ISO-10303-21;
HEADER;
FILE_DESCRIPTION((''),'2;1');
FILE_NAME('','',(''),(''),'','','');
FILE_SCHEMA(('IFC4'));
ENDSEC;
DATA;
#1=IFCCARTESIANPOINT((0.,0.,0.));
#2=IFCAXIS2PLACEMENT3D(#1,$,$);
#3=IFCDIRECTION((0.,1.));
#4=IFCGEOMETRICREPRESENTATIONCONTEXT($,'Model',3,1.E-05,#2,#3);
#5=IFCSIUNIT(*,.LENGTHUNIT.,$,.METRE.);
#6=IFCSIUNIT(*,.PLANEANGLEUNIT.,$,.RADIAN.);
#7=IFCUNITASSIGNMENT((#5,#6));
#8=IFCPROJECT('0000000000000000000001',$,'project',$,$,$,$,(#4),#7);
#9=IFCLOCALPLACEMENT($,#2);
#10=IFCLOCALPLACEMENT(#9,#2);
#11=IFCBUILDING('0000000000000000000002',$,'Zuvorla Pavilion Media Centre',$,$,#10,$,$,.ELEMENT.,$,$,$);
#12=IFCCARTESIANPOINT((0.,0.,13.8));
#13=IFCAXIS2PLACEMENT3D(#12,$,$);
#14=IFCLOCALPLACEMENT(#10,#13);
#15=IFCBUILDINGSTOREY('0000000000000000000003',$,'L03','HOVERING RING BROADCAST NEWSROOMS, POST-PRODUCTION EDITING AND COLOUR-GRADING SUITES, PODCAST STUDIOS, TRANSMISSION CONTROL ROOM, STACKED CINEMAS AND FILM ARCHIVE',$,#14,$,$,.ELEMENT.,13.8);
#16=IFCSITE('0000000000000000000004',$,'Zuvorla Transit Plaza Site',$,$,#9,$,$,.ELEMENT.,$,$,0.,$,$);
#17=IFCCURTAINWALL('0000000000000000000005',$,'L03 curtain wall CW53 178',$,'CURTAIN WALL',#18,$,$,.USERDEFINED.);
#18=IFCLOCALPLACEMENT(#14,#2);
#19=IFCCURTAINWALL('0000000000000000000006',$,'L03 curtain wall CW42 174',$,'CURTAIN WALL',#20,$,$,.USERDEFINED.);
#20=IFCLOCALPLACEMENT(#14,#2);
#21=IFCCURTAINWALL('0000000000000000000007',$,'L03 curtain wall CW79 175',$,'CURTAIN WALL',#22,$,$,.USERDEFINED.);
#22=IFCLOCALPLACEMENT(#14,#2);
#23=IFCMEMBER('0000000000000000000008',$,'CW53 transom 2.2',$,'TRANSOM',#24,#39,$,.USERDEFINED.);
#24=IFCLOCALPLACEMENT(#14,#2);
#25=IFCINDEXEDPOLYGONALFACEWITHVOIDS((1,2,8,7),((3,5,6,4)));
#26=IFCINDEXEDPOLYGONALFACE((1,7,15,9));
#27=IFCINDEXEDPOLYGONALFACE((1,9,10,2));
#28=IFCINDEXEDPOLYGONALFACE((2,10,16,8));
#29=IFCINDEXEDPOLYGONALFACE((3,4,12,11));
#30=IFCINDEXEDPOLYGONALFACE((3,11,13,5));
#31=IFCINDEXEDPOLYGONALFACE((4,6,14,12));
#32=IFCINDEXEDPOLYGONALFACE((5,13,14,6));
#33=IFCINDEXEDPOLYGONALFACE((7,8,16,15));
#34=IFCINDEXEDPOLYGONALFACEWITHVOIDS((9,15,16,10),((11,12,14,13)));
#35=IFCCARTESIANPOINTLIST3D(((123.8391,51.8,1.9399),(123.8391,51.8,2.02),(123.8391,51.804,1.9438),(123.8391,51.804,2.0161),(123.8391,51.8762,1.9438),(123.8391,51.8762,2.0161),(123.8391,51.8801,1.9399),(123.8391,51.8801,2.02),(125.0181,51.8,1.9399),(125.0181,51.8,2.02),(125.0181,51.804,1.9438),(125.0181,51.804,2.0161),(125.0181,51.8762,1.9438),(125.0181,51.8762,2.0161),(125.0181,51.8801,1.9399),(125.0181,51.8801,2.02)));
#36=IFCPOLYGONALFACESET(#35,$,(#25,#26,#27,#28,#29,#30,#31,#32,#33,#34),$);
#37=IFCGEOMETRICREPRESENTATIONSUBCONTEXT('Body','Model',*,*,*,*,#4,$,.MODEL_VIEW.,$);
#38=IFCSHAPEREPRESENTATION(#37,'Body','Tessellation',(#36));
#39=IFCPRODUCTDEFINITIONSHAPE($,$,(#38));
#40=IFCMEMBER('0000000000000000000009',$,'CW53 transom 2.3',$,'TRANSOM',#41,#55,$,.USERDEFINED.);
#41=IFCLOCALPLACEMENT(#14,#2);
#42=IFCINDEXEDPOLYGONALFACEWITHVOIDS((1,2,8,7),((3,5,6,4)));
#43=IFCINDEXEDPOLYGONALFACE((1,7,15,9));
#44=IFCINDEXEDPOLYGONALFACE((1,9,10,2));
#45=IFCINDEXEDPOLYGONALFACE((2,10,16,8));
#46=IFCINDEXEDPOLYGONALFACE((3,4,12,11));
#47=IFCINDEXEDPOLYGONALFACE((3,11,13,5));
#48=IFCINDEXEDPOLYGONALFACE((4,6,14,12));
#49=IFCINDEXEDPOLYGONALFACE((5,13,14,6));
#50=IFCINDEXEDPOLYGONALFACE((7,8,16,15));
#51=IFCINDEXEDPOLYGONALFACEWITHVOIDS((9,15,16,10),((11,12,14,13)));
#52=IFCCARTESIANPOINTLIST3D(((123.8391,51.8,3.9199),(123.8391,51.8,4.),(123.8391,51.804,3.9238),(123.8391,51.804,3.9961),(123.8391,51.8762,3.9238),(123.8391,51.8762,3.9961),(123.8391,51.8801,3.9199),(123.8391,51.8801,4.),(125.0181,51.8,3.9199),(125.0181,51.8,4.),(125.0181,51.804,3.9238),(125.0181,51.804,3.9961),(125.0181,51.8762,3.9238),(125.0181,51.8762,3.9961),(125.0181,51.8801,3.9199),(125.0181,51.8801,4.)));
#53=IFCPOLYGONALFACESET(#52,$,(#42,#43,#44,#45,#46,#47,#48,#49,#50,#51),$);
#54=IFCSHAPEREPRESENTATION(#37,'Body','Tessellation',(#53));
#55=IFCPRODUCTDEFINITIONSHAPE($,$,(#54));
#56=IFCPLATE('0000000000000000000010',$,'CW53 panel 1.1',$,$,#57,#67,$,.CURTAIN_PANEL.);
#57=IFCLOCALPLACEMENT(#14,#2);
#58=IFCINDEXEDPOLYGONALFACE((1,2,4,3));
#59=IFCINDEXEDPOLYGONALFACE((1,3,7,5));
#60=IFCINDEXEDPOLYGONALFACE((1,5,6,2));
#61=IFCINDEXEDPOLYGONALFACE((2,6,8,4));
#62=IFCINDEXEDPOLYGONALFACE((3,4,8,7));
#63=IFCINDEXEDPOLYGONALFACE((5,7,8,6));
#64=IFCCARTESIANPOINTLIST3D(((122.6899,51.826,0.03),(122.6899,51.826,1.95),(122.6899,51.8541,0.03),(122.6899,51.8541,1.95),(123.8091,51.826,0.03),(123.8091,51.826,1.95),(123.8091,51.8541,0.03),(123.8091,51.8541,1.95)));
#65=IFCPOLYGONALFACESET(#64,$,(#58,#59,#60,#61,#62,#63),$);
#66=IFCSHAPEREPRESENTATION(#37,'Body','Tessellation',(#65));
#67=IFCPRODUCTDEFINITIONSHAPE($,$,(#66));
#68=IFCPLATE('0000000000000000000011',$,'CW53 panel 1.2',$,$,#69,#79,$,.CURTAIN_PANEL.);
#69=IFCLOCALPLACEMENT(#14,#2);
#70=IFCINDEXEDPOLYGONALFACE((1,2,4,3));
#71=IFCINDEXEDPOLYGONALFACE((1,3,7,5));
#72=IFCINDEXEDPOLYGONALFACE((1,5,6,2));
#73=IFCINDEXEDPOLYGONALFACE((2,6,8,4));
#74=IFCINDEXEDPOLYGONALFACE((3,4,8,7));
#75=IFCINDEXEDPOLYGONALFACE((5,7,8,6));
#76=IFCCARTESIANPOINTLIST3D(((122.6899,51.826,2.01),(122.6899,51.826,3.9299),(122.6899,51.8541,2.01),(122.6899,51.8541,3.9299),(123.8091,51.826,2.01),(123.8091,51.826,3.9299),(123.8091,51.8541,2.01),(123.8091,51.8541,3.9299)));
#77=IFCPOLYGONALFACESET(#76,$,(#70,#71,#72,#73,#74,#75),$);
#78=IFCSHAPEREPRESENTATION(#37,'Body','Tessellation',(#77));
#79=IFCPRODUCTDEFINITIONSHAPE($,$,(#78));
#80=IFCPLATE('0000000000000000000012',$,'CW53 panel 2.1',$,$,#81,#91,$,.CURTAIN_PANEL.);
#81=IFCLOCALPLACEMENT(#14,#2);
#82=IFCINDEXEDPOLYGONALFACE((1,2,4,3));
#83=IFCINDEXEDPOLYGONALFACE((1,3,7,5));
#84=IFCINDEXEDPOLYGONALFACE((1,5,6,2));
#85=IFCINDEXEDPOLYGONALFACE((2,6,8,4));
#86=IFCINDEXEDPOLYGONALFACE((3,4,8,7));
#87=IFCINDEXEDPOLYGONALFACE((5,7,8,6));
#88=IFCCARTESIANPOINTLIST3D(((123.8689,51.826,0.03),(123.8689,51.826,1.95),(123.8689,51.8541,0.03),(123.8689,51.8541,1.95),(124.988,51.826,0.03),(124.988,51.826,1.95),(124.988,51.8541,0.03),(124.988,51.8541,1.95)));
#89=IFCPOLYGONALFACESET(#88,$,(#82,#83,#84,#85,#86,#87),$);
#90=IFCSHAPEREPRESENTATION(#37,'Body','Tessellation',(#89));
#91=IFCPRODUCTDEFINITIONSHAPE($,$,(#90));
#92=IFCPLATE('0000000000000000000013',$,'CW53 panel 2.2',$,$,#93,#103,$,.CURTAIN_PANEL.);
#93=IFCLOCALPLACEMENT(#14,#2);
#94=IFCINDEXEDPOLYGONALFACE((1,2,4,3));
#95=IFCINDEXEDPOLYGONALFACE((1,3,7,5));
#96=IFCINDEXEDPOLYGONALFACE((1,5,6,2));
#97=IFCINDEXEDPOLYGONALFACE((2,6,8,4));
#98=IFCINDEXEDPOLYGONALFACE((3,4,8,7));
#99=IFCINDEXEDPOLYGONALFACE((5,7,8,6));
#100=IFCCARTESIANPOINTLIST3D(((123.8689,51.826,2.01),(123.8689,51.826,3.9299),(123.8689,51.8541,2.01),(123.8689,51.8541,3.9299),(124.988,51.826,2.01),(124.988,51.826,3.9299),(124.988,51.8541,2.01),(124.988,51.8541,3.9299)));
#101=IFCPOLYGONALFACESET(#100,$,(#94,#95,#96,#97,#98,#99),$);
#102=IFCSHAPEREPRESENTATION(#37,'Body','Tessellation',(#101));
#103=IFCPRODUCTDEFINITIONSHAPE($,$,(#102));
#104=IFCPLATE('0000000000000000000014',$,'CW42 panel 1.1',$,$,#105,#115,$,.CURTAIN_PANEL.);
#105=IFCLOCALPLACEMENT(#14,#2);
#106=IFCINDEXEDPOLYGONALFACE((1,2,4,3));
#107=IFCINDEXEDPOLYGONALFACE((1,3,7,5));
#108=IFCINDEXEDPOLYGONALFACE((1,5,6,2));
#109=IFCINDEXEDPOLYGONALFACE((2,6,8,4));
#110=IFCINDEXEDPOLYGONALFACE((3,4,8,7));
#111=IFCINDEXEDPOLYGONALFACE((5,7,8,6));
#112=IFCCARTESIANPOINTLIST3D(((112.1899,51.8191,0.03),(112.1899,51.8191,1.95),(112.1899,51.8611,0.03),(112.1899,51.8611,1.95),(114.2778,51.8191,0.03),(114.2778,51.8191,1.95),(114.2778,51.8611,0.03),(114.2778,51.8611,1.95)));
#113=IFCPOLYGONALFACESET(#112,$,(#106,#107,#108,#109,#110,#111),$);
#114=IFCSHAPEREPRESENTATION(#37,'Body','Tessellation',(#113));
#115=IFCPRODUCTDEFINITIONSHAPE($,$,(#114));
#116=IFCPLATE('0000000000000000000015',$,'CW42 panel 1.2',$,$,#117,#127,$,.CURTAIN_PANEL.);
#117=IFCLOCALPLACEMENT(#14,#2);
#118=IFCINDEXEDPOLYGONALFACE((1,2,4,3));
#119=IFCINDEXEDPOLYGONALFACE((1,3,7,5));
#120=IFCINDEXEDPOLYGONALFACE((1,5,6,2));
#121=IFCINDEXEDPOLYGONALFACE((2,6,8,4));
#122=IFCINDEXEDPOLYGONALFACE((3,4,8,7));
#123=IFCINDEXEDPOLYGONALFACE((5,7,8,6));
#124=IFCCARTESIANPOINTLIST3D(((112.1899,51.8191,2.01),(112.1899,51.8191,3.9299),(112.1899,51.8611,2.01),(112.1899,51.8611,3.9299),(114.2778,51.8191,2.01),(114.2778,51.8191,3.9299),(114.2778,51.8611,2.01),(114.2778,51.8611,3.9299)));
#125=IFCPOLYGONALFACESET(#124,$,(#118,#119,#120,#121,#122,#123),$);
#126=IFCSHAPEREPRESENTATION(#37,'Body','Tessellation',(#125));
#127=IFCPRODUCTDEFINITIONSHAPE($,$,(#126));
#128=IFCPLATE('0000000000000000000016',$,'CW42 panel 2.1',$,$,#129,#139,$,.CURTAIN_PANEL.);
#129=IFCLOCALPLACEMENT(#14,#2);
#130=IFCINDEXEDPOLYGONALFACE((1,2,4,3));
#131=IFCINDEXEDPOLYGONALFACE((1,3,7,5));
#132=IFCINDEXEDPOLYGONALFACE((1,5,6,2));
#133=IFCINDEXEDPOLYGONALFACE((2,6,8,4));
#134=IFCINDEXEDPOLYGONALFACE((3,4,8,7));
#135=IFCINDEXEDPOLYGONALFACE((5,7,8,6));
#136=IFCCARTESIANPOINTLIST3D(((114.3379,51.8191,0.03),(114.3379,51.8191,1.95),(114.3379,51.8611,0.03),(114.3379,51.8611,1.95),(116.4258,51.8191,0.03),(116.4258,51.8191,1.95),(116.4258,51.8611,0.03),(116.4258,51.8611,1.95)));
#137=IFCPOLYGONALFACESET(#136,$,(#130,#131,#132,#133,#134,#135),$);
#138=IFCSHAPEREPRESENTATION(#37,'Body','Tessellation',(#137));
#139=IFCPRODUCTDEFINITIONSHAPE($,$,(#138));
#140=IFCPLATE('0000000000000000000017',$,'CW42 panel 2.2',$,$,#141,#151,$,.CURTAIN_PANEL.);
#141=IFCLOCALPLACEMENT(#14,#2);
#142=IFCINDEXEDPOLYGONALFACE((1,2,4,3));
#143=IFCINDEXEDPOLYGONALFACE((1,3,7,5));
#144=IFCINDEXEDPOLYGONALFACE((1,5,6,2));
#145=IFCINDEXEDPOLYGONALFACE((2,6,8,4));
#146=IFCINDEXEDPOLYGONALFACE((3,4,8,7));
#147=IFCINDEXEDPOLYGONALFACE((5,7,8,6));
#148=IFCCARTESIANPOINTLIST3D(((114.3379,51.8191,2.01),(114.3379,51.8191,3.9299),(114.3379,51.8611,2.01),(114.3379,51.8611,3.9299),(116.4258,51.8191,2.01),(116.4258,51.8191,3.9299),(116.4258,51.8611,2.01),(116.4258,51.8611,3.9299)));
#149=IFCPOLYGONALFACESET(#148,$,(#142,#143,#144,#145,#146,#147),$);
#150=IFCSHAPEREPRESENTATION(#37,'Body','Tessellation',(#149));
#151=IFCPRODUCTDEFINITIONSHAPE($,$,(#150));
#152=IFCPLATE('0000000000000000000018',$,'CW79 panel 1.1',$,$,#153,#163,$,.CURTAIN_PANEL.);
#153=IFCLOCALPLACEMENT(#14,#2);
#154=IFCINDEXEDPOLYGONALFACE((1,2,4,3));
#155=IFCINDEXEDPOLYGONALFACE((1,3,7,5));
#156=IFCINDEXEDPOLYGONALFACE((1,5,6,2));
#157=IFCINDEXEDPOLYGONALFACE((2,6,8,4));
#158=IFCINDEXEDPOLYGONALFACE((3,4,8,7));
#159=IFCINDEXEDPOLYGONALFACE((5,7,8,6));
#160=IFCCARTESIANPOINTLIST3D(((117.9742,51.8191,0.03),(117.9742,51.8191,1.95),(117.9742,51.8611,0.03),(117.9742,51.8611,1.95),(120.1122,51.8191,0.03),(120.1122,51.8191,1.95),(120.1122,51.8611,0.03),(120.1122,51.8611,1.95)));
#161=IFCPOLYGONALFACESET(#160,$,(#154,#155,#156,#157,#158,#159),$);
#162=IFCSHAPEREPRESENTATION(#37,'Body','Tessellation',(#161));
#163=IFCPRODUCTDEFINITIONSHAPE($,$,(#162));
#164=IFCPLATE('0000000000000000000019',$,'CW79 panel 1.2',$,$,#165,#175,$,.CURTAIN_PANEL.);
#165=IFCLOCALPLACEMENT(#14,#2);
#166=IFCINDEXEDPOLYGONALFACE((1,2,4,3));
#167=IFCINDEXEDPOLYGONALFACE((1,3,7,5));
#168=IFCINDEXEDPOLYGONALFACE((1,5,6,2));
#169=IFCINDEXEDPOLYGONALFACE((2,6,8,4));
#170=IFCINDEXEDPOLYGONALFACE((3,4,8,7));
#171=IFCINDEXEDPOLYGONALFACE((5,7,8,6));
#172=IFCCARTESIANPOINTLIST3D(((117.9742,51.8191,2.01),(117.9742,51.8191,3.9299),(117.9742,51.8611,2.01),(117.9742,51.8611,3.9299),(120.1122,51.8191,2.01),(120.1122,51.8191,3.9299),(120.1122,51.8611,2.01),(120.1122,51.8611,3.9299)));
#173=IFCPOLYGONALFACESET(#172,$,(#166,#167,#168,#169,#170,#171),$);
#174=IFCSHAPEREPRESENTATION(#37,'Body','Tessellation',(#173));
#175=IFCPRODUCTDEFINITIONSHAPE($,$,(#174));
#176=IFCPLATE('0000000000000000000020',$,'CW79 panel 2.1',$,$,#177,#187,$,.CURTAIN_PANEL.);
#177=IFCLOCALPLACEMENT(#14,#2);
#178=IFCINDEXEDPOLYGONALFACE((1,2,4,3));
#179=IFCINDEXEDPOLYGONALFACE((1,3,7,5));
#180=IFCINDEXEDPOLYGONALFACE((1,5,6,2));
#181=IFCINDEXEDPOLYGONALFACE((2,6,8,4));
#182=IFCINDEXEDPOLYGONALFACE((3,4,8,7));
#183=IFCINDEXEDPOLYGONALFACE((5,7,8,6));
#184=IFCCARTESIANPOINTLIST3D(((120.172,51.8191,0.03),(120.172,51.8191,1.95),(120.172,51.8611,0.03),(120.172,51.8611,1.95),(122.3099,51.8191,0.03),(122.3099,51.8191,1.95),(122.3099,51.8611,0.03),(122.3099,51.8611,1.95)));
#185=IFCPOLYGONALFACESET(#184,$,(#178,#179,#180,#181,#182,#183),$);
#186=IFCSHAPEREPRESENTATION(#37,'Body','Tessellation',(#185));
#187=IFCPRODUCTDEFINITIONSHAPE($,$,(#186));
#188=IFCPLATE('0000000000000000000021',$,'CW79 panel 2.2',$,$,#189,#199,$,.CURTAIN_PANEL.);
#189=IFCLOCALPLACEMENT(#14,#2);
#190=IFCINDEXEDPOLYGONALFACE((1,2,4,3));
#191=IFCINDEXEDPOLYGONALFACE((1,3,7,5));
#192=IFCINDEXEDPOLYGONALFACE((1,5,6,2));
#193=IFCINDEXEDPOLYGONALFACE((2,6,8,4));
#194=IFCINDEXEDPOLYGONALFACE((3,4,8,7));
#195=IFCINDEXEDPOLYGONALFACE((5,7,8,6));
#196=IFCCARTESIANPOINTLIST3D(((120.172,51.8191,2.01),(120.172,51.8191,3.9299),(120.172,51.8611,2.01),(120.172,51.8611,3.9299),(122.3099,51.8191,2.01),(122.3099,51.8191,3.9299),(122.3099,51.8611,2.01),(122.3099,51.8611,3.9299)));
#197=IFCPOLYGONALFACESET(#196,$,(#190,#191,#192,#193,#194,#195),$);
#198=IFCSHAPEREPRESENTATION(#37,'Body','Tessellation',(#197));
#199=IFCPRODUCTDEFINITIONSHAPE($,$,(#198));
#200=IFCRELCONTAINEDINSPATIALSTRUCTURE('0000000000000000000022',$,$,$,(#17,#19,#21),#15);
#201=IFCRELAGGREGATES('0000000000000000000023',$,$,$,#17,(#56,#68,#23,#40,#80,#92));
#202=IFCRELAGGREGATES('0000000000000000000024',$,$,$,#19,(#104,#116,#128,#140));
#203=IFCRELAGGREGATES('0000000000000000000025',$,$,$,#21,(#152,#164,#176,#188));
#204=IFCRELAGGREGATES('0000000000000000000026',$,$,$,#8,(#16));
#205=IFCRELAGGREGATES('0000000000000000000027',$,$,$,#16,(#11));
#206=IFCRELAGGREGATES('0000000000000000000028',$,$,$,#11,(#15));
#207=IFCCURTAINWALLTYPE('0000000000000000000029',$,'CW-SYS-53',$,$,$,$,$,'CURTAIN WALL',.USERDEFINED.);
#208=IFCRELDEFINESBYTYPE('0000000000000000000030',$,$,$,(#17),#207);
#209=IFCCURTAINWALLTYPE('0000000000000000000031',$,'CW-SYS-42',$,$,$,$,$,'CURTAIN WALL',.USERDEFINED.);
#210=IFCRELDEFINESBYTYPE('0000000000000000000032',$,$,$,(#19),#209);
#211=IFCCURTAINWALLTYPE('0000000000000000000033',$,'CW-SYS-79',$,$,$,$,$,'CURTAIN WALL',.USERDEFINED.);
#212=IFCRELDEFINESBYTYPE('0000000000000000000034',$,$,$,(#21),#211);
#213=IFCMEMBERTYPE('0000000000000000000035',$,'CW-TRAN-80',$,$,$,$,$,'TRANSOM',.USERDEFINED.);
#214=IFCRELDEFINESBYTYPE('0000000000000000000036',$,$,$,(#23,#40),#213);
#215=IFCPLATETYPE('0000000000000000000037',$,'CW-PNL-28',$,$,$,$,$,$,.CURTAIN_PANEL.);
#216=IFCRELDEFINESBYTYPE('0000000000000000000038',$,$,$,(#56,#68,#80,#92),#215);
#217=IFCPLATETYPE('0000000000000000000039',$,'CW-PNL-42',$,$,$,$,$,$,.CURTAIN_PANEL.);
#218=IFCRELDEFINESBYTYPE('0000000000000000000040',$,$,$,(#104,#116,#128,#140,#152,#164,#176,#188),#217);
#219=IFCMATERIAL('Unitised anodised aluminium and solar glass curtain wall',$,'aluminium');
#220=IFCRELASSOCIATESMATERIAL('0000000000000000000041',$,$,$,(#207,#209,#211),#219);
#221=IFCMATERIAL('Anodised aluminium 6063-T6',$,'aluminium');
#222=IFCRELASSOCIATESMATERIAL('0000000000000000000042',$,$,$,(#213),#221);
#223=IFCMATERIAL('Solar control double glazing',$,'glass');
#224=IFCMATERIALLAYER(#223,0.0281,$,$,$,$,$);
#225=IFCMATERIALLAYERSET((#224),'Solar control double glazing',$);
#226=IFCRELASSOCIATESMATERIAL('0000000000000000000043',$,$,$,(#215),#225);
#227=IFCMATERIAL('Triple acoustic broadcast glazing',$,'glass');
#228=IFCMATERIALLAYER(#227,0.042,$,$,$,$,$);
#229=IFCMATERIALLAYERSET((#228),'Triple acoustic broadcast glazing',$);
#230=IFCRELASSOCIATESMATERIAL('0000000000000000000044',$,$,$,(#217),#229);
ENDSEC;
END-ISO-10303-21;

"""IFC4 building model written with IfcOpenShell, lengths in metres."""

from ifc_helpers import new_model, si_unit, direction, frame, origin, origin_2d, place, context, subcontext, project, spatial, rectangle, hollow_rectangle, extrude, material, layer, layer_set, material_profile, profile_set, type_object, element, aggregate, save


model = new_model("IFC4")

# Units and contexts
model_context = context("Model", 3, precision=1e-05, world=origin(), true_north=direction((0.0, 1.0)))
body_context = subcontext(model_context, "Body", "Model", "MODEL_VIEW")
ifc_project = project(units=[si_unit("LENGTHUNIT", "METRE"), si_unit("PLANEANGLEUNIT", "RADIAN")], contexts=[model_context])

# Site, building, storey
site_placement = place(None, origin())
site = spatial("IfcSite", under=ifc_project, at=site_placement, Name="Zuvorla Transit Plaza Site", CompositionType="ELEMENT", RefElevation=0.0)
building_placement = place(site_placement, origin())
building = spatial("IfcBuilding", under=site, at=building_placement, Name="Zuvorla Pavilion Media Centre", CompositionType="ELEMENT")
storey_placement = place(building_placement, frame((0.0, 0.0, 13.8)))
storey = spatial("IfcBuildingStorey", under=building, at=storey_placement, Name="L03", Description="HOVERING RING BROADCAST NEWSROOMS, POST-PRODUCTION EDITING AND COLOUR-GRADING SUITES, PODCAST STUDIOS, TRANSMISSION CONTROL ROOM, STACKED CINEMAS AND FILM ARCHIVE", CompositionType="ELEMENT", Elevation=13.8)

# Curtain walls
ifc_material_1 = material(Name="Unitised anodised aluminium and solar glass curtain wall", Category="aluminium")
curtain_wall_type_1 = type_object("IfcCurtainWallType", Name="CW-SYS-53", ElementType="CURTAIN WALL", PredefinedType="USERDEFINED", material=ifc_material_1)
curtain_wall_1_placement = place(storey_placement, origin())
curtain_wall_1 = element("IfcCurtainWall", 1, at=curtain_wall_1_placement, inside=storey, type_object=curtain_wall_type_1, Name="L03 curtain wall CW53 178", ObjectType="CURTAIN WALL", PredefinedType="USERDEFINED")
ifc_material_2 = material(Name="Anodised aluminium 6063-T6", Category="aluminium")
curtain_wall_type_2 = type_object("IfcCurtainWallType", Name="CW-SYS-42", ElementType="CURTAIN WALL", PredefinedType="USERDEFINED", material=ifc_material_1)
curtain_wall_2_placement = place(storey_placement, origin())
curtain_wall_2 = element("IfcCurtainWall", 2, at=curtain_wall_2_placement, inside=storey, type_object=curtain_wall_type_2, Name="L03 curtain wall CW42 174", ObjectType="CURTAIN WALL", PredefinedType="USERDEFINED")
curtain_wall_type_3 = type_object("IfcCurtainWallType", Name="CW-SYS-79", ElementType="CURTAIN WALL", PredefinedType="USERDEFINED", material=ifc_material_1)
curtain_wall_3_placement = place(storey_placement, origin())
curtain_wall_3 = element("IfcCurtainWall", 3, at=curtain_wall_3_placement, inside=storey, type_object=curtain_wall_type_3, Name="L03 curtain wall CW79 175", ObjectType="CURTAIN WALL", PredefinedType="USERDEFINED")

# Members
ifc_material_profile_1 = material_profile(ifc_material_2, hollow_rectangle(XDim=0.0801, YDim=0.0801, WallThickness=0.0039, at=origin_2d()), Name="ALU TRAN 80x80")
ifc_profile_set_1 = profile_set([ifc_material_profile_1], Name="Anodised aluminium 6063-T6")
member_type_1 = type_object("IfcMemberType", Name="CW-TRAN-80", ElementType="TRANSOM", PredefinedType="USERDEFINED", material=ifc_profile_set_1)
member_1_placement = place(storey_placement, frame((123.8391, 51.8401, 1.98), z_axis=(1.0, 0.0, 0.0), x_axis=(0.0, 1.0, 0.0)))
member_1 = element("IfcMember", 4, at=member_1_placement, type_object=member_type_1, Name="CW53 transom 2.2", ObjectType="TRANSOM", PredefinedType="USERDEFINED", context=body_context, shape_type="SweptSolid", body=[
    extrude(hollow_rectangle(XDim=0.0801, YDim=0.0801, WallThickness=0.0039, at=origin_2d()), origin(), (0.0, 0.0, 1.0), 1.179),
])
member_2_placement = place(storey_placement, frame((123.8391, 51.8401, 3.96), z_axis=(1.0, 0.0, 0.0), x_axis=(0.0, 1.0, 0.0)))
member_2 = element("IfcMember", 5, at=member_2_placement, type_object=member_type_1, Name="CW53 transom 2.3", ObjectType="TRANSOM", PredefinedType="USERDEFINED", context=body_context, shape_type="SweptSolid", body=[
    extrude(hollow_rectangle(XDim=0.0801, YDim=0.0801, WallThickness=0.0039, at=origin_2d()), origin(), (0.0, 0.0, 1.0), 1.179),
])

# Plates
ifc_material_3 = material(Name="Solar control double glazing", Category="glass")
ifc_layer_1 = layer(ifc_material_3, 0.0281)
ifc_layer_set_1 = layer_set([ifc_layer_1], Name="Solar control double glazing")
plate_type_1 = type_object("IfcPlateType", Name="CW-PNL-28", PredefinedType="CURTAIN_PANEL", material=ifc_layer_set_1)
plate_1_placement = place(storey_placement, frame((123.2495, 51.8401, 0.03), z_axis=(0.0, 0.0, 1.0), x_axis=(1.0, 0.0, 0.0)))
plate_1 = element("IfcPlate", 6, at=plate_1_placement, type_object=plate_type_1, Name="CW53 panel 1.1", PredefinedType="CURTAIN_PANEL", context=body_context, shape_type="SweptSolid", body=[
    extrude(rectangle(XDim=1.1191, YDim=0.0281, at=origin_2d()), origin(), (0.0, 0.0, 1.0), 1.9199),
])
plate_2_placement = place(storey_placement, frame((123.2495, 51.8401, 2.01), z_axis=(0.0, 0.0, 1.0), x_axis=(1.0, 0.0, 0.0)))
plate_2 = element("IfcPlate", 7, at=plate_2_placement, type_object=plate_type_1, Name="CW53 panel 1.2", PredefinedType="CURTAIN_PANEL", context=body_context, shape_type="SweptSolid", body=[
    extrude(rectangle(XDim=1.1191, YDim=0.0281, at=origin_2d()), origin(), (0.0, 0.0, 1.0), 1.9199),
])
plate_3_placement = place(storey_placement, frame((124.4285, 51.8401, 0.03), z_axis=(0.0, 0.0, 1.0), x_axis=(1.0, 0.0, 0.0)))
plate_3 = element("IfcPlate", 8, at=plate_3_placement, type_object=plate_type_1, Name="CW53 panel 2.1", PredefinedType="CURTAIN_PANEL", context=body_context, shape_type="SweptSolid", body=[
    extrude(rectangle(XDim=1.1191, YDim=0.0281, at=origin_2d()), origin(), (0.0, 0.0, 1.0), 1.9199),
])
plate_4_placement = place(storey_placement, frame((124.4285, 51.8401, 2.01), z_axis=(0.0, 0.0, 1.0), x_axis=(1.0, 0.0, 0.0)))
plate_4 = element("IfcPlate", 9, at=plate_4_placement, type_object=plate_type_1, Name="CW53 panel 2.2", PredefinedType="CURTAIN_PANEL", context=body_context, shape_type="SweptSolid", body=[
    extrude(rectangle(XDim=1.1191, YDim=0.0281, at=origin_2d()), origin(), (0.0, 0.0, 1.0), 1.9199),
])
aggregate(curtain_wall_1, [plate_1, plate_2, member_1, member_2, plate_3, plate_4])
ifc_material_4 = material(Name="Triple acoustic broadcast glazing", Category="glass")
ifc_layer_2 = layer(ifc_material_4, 0.042)
ifc_layer_set_2 = layer_set([ifc_layer_2], Name="Triple acoustic broadcast glazing")
plate_type_2 = type_object("IfcPlateType", Name="CW-PNL-42", PredefinedType="CURTAIN_PANEL", material=ifc_layer_set_2)
plate_5_placement = place(storey_placement, frame((113.2339, 51.8401, 0.03), z_axis=(0.0, 0.0, 1.0), x_axis=(1.0, 0.0, 0.0)))
plate_5 = element("IfcPlate", 10, at=plate_5_placement, type_object=plate_type_2, Name="CW42 panel 1.1", PredefinedType="CURTAIN_PANEL", context=body_context, shape_type="SweptSolid", body=[
    extrude(rectangle(XDim=2.0879, YDim=0.042, at=origin_2d()), origin(), (0.0, 0.0, 1.0), 1.9199),
])
plate_6_placement = place(storey_placement, frame((113.2339, 51.8401, 2.01), z_axis=(0.0, 0.0, 1.0), x_axis=(1.0, 0.0, 0.0)))
plate_6 = element("IfcPlate", 11, at=plate_6_placement, type_object=plate_type_2, Name="CW42 panel 1.2", PredefinedType="CURTAIN_PANEL", context=body_context, shape_type="SweptSolid", body=[
    extrude(rectangle(XDim=2.0879, YDim=0.042, at=origin_2d()), origin(), (0.0, 0.0, 1.0), 1.9199),
])
plate_7_placement = place(storey_placement, frame((115.3818, 51.8401, 0.03), z_axis=(0.0, 0.0, 1.0), x_axis=(1.0, 0.0, 0.0)))
plate_7 = element("IfcPlate", 12, at=plate_7_placement, type_object=plate_type_2, Name="CW42 panel 2.1", PredefinedType="CURTAIN_PANEL", context=body_context, shape_type="SweptSolid", body=[
    extrude(rectangle(XDim=2.0879, YDim=0.042, at=origin_2d()), origin(), (0.0, 0.0, 1.0), 1.9199),
])
plate_8_placement = place(storey_placement, frame((115.3818, 51.8401, 2.01), z_axis=(0.0, 0.0, 1.0), x_axis=(1.0, 0.0, 0.0)))
plate_8 = element("IfcPlate", 13, at=plate_8_placement, type_object=plate_type_2, Name="CW42 panel 2.2", PredefinedType="CURTAIN_PANEL", context=body_context, shape_type="SweptSolid", body=[
    extrude(rectangle(XDim=2.0879, YDim=0.042, at=origin_2d()), origin(), (0.0, 0.0, 1.0), 1.9199),
])
aggregate(curtain_wall_2, [plate_5, plate_6, plate_7, plate_8])
plate_9_placement = place(storey_placement, frame((119.0432, 51.8401, 0.03), z_axis=(0.0, 0.0, 1.0), x_axis=(1.0, 0.0, 0.0)))
plate_9 = element("IfcPlate", 14, at=plate_9_placement, type_object=plate_type_2, Name="CW79 panel 1.1", PredefinedType="CURTAIN_PANEL", context=body_context, shape_type="SweptSolid", body=[
    extrude(rectangle(XDim=2.1379, YDim=0.042, at=origin_2d()), origin(), (0.0, 0.0, 1.0), 1.9199),
])
plate_10_placement = place(storey_placement, frame((119.0432, 51.8401, 2.01), z_axis=(0.0, 0.0, 1.0), x_axis=(1.0, 0.0, 0.0)))
plate_10 = element("IfcPlate", 15, at=plate_10_placement, type_object=plate_type_2, Name="CW79 panel 1.2", PredefinedType="CURTAIN_PANEL", context=body_context, shape_type="SweptSolid", body=[
    extrude(rectangle(XDim=2.1379, YDim=0.042, at=origin_2d()), origin(), (0.0, 0.0, 1.0), 1.9199),
])
plate_11_placement = place(storey_placement, frame((121.241, 51.8401, 0.03), z_axis=(0.0, 0.0, 1.0), x_axis=(1.0, 0.0, 0.0)))
plate_11 = element("IfcPlate", 16, at=plate_11_placement, type_object=plate_type_2, Name="CW79 panel 2.1", PredefinedType="CURTAIN_PANEL", context=body_context, shape_type="SweptSolid", body=[
    extrude(rectangle(XDim=2.1379, YDim=0.042, at=origin_2d()), origin(), (0.0, 0.0, 1.0), 1.9199),
])
plate_12_placement = place(storey_placement, frame((121.241, 51.8401, 2.01), z_axis=(0.0, 0.0, 1.0), x_axis=(1.0, 0.0, 0.0)))
plate_12 = element("IfcPlate", 17, at=plate_12_placement, type_object=plate_type_2, Name="CW79 panel 2.2", PredefinedType="CURTAIN_PANEL", context=body_context, shape_type="SweptSolid", body=[
    extrude(rectangle(XDim=2.1379, YDim=0.042, at=origin_2d()), origin(), (0.0, 0.0, 1.0), 1.9199),
])
aggregate(curtain_wall_3, [plate_9, plate_10, plate_11, plate_12])

save(model, "model.ifc")
